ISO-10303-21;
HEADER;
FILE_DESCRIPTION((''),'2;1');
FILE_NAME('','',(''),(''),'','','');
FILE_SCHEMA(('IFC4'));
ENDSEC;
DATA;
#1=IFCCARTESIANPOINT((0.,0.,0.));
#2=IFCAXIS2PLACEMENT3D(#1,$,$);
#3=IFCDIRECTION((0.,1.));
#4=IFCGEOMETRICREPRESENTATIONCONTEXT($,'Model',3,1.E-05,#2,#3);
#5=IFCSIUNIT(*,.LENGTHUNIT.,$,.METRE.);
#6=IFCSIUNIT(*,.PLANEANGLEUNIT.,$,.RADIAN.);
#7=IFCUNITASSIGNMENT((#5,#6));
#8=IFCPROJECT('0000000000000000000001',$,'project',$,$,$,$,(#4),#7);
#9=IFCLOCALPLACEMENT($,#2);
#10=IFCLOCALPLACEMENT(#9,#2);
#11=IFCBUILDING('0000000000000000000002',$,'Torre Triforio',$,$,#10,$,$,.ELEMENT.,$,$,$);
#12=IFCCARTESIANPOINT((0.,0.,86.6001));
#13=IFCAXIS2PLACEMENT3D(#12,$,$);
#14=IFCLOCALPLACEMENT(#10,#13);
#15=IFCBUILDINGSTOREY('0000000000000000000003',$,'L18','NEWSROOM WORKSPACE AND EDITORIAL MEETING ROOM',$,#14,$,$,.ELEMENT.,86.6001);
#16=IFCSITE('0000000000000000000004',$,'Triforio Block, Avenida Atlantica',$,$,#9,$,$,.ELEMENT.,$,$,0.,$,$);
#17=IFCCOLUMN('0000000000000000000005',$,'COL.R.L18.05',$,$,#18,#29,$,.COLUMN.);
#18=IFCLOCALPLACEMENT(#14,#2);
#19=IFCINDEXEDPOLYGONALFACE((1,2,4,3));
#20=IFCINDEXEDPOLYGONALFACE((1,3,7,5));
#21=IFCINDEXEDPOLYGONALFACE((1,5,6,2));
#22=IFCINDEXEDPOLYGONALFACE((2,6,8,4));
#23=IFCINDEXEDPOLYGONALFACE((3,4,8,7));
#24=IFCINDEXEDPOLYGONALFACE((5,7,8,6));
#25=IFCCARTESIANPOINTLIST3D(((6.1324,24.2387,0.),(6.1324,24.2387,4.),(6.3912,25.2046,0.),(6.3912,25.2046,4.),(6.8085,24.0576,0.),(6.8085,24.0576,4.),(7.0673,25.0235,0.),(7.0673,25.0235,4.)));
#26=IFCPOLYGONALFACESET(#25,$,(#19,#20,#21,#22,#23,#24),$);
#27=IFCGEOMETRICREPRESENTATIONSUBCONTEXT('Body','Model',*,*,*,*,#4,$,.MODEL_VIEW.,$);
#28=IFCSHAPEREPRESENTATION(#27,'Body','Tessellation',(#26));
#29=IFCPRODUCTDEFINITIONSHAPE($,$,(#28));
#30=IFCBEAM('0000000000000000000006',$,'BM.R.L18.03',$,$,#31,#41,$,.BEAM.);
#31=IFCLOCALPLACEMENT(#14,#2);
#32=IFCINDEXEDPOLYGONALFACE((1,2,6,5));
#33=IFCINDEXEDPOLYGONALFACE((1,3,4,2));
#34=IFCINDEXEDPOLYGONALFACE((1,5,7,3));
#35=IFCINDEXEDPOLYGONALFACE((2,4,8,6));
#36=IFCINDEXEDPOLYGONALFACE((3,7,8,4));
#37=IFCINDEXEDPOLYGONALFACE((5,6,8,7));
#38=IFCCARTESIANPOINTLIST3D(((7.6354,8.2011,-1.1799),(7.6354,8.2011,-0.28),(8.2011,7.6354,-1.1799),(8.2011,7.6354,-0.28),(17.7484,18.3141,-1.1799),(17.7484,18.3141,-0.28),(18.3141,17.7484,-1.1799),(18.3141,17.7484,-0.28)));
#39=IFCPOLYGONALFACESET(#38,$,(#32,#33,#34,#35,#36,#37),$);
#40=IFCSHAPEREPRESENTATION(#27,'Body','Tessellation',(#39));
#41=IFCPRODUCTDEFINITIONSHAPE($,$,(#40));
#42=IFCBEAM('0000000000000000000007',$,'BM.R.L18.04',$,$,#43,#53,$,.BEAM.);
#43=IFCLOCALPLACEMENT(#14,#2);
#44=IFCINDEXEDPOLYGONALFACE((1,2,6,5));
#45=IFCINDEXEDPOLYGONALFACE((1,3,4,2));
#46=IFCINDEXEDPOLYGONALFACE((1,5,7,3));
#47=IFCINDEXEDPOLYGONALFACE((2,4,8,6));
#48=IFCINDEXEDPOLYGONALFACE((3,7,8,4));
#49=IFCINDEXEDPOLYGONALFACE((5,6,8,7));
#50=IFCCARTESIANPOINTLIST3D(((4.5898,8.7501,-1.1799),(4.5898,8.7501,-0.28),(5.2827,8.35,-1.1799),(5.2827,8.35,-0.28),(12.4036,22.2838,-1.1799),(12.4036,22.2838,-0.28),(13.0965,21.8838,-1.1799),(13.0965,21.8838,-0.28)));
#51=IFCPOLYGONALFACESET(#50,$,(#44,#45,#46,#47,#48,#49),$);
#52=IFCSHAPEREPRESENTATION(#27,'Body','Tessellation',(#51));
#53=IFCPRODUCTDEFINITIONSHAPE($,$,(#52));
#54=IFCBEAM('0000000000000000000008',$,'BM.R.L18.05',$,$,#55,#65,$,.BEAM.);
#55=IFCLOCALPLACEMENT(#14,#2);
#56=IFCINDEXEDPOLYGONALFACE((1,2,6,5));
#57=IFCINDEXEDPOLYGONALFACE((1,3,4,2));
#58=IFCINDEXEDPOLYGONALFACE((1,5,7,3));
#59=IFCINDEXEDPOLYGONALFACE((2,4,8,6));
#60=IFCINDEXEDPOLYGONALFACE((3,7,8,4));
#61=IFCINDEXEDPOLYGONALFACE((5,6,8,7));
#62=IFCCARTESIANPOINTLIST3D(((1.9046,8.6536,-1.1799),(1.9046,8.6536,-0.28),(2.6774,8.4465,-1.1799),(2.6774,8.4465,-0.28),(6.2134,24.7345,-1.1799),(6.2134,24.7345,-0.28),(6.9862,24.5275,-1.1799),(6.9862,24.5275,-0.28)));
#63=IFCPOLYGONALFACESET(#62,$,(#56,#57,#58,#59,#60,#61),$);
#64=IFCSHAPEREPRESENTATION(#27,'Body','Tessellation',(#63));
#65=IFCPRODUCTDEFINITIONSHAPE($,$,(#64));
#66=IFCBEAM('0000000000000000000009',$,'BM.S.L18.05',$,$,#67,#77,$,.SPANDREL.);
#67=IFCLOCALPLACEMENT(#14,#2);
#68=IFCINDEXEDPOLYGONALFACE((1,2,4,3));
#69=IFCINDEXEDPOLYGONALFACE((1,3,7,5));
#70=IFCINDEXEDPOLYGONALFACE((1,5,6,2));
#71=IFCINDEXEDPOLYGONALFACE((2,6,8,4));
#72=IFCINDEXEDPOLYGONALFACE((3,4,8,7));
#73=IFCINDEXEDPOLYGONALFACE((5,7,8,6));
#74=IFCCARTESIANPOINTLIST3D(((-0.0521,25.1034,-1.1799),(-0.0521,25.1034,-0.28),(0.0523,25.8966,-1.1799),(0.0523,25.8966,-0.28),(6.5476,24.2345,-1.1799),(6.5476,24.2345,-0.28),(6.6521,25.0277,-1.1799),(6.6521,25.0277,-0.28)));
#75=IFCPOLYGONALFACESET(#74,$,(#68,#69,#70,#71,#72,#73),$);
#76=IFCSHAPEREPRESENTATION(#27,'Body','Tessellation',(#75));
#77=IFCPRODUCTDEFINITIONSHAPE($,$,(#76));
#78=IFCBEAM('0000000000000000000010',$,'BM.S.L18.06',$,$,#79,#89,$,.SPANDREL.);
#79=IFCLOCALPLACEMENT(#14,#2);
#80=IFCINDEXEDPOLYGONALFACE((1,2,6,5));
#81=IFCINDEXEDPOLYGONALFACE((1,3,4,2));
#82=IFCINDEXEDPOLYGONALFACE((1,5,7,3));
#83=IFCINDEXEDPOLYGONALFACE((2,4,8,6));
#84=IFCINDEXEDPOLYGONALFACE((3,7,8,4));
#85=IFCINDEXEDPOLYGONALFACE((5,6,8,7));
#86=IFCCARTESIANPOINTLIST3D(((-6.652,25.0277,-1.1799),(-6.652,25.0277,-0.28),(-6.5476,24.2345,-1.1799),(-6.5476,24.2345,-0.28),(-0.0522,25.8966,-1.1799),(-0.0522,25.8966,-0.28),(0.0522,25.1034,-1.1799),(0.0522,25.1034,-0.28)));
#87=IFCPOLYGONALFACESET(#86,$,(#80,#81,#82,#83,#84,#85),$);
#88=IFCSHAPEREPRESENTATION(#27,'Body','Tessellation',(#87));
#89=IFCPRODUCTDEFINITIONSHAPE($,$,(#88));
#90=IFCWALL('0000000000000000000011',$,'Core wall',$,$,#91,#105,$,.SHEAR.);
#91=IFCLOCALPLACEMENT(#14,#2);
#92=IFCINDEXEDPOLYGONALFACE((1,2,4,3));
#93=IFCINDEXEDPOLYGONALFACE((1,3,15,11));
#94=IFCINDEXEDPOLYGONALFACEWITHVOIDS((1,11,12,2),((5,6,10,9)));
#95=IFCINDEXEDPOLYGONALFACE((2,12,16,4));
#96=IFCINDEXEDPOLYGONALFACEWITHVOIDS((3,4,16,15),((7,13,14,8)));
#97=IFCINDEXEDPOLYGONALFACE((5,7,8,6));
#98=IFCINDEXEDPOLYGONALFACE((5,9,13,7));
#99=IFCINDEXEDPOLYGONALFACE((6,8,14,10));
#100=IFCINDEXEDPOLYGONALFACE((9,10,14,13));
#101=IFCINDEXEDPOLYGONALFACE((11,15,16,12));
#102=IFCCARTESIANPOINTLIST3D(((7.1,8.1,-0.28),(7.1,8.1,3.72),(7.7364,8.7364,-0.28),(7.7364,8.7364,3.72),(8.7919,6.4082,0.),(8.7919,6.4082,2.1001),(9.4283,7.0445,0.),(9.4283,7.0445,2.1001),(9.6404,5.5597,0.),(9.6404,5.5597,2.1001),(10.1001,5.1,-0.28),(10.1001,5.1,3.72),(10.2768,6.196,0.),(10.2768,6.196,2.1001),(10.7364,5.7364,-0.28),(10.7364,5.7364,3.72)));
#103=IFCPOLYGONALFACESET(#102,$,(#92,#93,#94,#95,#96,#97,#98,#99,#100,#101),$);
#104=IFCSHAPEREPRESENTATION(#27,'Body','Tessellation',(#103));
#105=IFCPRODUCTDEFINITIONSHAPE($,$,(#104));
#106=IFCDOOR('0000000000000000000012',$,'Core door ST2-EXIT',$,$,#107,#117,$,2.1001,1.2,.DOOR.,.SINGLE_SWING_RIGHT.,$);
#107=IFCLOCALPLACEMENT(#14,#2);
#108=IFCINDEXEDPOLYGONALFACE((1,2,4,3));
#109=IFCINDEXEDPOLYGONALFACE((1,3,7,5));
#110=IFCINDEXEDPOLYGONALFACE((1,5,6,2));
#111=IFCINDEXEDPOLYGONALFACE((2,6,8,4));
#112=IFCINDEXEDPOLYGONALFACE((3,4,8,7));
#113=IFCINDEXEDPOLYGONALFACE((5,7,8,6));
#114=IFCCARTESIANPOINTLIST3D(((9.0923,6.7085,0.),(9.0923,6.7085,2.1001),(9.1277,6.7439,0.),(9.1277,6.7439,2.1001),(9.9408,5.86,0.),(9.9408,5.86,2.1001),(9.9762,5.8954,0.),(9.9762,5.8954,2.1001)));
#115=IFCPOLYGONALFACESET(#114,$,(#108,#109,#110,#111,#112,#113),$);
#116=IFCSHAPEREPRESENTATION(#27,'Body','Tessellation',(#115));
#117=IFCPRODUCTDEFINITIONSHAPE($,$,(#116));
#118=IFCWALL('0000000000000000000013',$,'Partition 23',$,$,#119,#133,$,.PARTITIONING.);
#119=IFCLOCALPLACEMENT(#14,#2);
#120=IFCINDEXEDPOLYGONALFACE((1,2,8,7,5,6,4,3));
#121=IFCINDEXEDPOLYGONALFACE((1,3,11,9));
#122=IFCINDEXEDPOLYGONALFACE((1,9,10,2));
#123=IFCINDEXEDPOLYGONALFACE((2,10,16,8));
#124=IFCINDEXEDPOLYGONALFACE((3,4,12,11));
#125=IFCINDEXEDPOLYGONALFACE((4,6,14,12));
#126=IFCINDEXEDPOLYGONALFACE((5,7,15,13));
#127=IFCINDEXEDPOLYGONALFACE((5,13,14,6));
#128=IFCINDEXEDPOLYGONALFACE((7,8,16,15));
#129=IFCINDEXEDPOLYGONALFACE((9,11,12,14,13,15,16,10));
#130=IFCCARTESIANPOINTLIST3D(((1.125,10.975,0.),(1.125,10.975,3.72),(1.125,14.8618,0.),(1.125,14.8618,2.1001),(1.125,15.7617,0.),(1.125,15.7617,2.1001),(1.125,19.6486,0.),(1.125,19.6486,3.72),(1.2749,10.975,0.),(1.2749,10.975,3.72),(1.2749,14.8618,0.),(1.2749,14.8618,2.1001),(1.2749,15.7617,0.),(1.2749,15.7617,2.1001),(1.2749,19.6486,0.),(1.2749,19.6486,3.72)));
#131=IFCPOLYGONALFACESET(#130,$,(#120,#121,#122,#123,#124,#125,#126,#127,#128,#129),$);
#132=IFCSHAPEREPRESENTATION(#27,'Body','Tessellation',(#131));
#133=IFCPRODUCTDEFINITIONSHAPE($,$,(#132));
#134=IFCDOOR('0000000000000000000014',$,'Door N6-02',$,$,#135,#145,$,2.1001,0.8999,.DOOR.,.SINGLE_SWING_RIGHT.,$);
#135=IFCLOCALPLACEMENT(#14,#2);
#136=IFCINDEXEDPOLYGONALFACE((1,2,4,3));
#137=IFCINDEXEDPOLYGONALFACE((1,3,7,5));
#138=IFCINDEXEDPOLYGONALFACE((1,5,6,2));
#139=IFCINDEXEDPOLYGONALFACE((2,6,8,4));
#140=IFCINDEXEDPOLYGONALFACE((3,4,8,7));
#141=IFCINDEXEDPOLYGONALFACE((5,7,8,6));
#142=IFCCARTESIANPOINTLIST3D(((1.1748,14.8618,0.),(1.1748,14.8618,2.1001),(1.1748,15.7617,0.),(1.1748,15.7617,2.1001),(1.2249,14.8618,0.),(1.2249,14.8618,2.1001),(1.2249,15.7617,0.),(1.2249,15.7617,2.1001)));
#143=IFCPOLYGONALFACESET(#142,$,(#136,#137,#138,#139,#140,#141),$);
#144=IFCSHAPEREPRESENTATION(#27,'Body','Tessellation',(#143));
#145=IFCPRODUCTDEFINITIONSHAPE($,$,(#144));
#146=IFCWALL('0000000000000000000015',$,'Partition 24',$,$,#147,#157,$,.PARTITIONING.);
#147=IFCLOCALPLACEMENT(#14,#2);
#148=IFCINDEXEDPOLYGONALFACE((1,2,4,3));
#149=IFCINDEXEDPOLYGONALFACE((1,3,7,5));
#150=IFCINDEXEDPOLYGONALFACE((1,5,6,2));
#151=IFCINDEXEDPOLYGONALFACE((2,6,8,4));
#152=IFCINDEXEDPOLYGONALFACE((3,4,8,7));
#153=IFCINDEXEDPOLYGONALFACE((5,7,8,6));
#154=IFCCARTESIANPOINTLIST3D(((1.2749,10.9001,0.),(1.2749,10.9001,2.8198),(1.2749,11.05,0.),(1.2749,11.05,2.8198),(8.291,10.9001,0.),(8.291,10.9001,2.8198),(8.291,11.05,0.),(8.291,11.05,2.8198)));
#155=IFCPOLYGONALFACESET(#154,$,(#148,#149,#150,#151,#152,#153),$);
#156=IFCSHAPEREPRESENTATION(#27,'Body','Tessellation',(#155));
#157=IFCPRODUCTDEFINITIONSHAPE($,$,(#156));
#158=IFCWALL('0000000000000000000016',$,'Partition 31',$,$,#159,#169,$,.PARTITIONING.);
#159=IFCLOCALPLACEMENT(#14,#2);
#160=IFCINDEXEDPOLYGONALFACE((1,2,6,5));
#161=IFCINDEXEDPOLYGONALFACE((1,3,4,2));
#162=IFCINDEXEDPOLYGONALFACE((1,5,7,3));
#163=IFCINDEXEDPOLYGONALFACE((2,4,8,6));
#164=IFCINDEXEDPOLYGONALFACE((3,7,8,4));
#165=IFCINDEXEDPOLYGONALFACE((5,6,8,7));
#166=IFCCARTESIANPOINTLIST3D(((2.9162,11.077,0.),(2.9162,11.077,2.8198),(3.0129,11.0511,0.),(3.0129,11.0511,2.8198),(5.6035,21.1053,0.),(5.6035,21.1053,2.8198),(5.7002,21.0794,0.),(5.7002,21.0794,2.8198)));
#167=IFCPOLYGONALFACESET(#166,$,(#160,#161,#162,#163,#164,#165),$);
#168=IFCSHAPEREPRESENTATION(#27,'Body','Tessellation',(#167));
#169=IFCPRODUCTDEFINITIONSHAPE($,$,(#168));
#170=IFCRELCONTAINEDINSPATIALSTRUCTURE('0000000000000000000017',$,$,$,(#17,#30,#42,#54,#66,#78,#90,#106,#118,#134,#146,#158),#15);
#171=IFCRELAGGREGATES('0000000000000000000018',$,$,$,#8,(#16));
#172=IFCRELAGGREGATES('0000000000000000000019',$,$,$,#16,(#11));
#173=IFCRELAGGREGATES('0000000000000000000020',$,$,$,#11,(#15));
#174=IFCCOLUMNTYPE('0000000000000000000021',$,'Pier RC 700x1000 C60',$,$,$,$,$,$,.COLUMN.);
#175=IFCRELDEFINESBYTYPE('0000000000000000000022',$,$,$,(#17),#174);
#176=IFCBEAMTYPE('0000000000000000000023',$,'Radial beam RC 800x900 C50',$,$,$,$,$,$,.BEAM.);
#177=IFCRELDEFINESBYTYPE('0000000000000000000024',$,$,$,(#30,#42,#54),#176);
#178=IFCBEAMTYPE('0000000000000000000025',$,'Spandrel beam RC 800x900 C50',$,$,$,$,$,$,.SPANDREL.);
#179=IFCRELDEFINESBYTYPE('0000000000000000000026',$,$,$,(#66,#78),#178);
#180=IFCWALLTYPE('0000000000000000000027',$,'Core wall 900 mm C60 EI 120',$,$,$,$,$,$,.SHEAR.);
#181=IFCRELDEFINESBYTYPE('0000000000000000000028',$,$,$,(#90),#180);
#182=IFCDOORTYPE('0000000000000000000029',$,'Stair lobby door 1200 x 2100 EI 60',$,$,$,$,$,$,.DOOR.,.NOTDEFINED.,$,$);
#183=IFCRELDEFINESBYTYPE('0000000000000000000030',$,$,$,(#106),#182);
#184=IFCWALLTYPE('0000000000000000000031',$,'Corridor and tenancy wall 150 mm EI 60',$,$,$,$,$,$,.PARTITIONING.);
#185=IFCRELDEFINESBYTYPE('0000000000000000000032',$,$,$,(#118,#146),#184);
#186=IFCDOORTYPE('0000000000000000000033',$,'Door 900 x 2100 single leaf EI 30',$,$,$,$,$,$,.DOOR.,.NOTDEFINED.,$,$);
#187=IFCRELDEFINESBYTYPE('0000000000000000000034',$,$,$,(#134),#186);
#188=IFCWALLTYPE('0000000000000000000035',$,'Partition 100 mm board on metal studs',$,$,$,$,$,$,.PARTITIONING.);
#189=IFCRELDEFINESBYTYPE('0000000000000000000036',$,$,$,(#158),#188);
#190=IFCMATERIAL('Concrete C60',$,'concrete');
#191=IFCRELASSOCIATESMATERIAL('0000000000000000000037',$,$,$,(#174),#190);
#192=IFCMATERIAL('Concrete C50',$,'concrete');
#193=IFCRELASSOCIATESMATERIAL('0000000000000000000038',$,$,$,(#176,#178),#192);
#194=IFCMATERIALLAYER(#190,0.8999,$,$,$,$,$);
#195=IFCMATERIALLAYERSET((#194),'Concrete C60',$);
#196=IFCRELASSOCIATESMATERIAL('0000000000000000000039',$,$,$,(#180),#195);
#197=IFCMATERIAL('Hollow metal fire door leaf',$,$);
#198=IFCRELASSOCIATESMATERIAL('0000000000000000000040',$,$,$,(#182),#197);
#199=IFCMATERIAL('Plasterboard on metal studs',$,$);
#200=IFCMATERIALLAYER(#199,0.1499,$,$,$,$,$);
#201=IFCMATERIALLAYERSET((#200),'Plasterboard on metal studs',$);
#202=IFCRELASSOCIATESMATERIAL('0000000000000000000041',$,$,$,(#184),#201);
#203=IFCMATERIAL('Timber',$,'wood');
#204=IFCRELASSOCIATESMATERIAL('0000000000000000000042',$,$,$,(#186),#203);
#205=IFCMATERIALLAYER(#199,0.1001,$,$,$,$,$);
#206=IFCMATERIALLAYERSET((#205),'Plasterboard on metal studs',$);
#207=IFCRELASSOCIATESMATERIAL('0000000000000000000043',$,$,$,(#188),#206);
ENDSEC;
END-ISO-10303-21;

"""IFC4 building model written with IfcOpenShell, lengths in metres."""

from ifc_helpers import new_model, si_unit, direction, frame, frame_2d, origin, origin_2d, place, context, subcontext, project, spatial, rectangle, extrude, material, layer, layer_set, material_profile, profile_set, type_object, element, fill, save


model = new_model("IFC4")

# Units and contexts
model_context = context("Model", 3, precision=1e-05, world=origin(), true_north=direction((0.0, 1.0)))
body_context = subcontext(model_context, "Body", "Model", "MODEL_VIEW")
ifc_project = project(units=[si_unit("LENGTHUNIT", "METRE"), si_unit("PLANEANGLEUNIT", "RADIAN")], contexts=[model_context])

# Site, building, storey
site_placement = place(None, origin())
site = spatial("IfcSite", under=ifc_project, at=site_placement, Name="Triforio Block, Avenida Atlantica", CompositionType="ELEMENT", RefElevation=0.0)
building_placement = place(site_placement, origin())
building = spatial("IfcBuilding", under=site, at=building_placement, Name="Torre Triforio", CompositionType="ELEMENT")
storey_placement = place(building_placement, frame((0.0, 0.0, 86.6001)))
storey = spatial("IfcBuildingStorey", under=building, at=storey_placement, Name="L18", Description="NEWSROOM WORKSPACE AND EDITORIAL MEETING ROOM", CompositionType="ELEMENT", Elevation=86.6001)

# Column
ifc_material_1 = material(Name="Concrete C60", Category="concrete")
ifc_material_profile_1 = material_profile(ifc_material_1, rectangle(XDim=0.7, YDim=1.0, at=origin_2d()), Name="RC 700x1000")
ifc_profile_set_1 = profile_set([ifc_material_profile_1], Name="Concrete C60")
column_type = type_object("IfcColumnType", Name="Pier RC 700x1000 C60", PredefinedType="COLUMN", material=ifc_profile_set_1)
column_placement = place(storey_placement, frame((6.5999, 24.6311, 0.0), z_axis=(0.0, 0.0, 1.0), x_axis=(-0.965926, 0.258819, 0.0)))
element("IfcColumn", 1, at=column_placement, inside=storey, type_object=column_type, Name="COL.R.L18.05", PredefinedType="COLUMN", context=body_context, shape_type="SweptSolid", body=[
    extrude(rectangle(XDim=0.7, YDim=1.0, at=origin_2d()), origin(), (0.0, 0.0, 1.0), 4.0),
])

# Beams
ifc_material_2 = material(Name="Concrete C50", Category="concrete")
ifc_material_profile_2 = material_profile(ifc_material_2, rectangle(XDim=0.8, YDim=0.8999, at=origin_2d()), Name="RC 800x900")
ifc_profile_set_2 = profile_set([ifc_material_profile_2], Name="Concrete C50")
beam_type_1 = type_object("IfcBeamType", Name="Radial beam RC 800x900 C50", PredefinedType="BEAM", material=ifc_profile_set_2)
beam_1_placement = place(storey_placement, frame((7.9182, 7.9182, -0.73), z_axis=(0.707107, 0.707107, 0.0), x_axis=(-0.707107, 0.707107, 0.0)))
element("IfcBeam", 2, at=beam_1_placement, inside=storey, type_object=beam_type_1, Name="BM.R.L18.03", PredefinedType="BEAM", context=body_context, shape_type="SweptSolid", body=[
    extrude(rectangle(XDim=0.8, YDim=0.8999, at=origin_2d()), origin(), (0.0, 0.0, 1.0), 14.302),
])
beam_2_placement = place(storey_placement, frame((4.9363, 8.55, -0.73), z_axis=(0.500002, 0.866024, 0.0), x_axis=(-0.866024, 0.500002, 0.0)))
element("IfcBeam", 3, at=beam_2_placement, inside=storey, type_object=beam_type_1, Name="BM.R.L18.04", PredefinedType="BEAM", context=body_context, shape_type="SweptSolid", body=[
    extrude(rectangle(XDim=0.8, YDim=0.8999, at=origin_2d()), origin(), (0.0, 0.0, 1.0), 15.6274),
])
beam_3_placement = place(storey_placement, frame((2.291, 8.55, -0.73), z_axis=(0.258815, 0.965927, 0.0), x_axis=(-0.965927, 0.258815, 0.0)))
element("IfcBeam", 4, at=beam_3_placement, inside=storey, type_object=beam_type_1, Name="BM.R.L18.05", PredefinedType="BEAM", context=body_context, shape_type="SweptSolid", body=[
    extrude(rectangle(XDim=0.8, YDim=0.8999, at=origin_2d()), origin(), (0.0, 0.0, 1.0), 16.6482),
])
ifc_material_profile_3 = material_profile(ifc_material_2, rectangle(XDim=0.8, YDim=0.8999, at=origin_2d()), Name="RC 800x900")
ifc_profile_set_3 = profile_set([ifc_material_profile_3], Name="Concrete C50")
beam_type_2 = type_object("IfcBeamType", Name="Spandrel beam RC 800x900 C50", PredefinedType="SPANDREL", material=ifc_profile_set_3)
for number, where, z_axis, x_axis, name in (
    (5, (6.5999, 24.6311, -0.73), (-0.991445, 0.130528, 0.0), (-0.130528, -0.991445, 0.0), "BM.S.L18.05"),
    (6, (0.0, 25.5, -0.73), (-0.991445, -0.130528, 0.0), (0.130528, -0.991445, 0.0), "BM.S.L18.06"),
):
    element("IfcBeam", number, at=place(storey_placement, frame(where, z_axis=z_axis, x_axis=x_axis)), inside=storey, type_object=beam_type_2, Name=name, PredefinedType="SPANDREL", context=body_context, shape_type="SweptSolid", body=[
        extrude(rectangle(XDim=0.8, YDim=0.8999, at=origin_2d()), origin(), (0.0, 0.0, 1.0), 6.6567),
    ])

# Walls, openings, doors
ifc_layer_1 = layer(ifc_material_1, 0.8999)
ifc_layer_set_1 = layer_set([ifc_layer_1], Name="Concrete C60")
wall_type_1 = type_object("IfcWallType", Name="Core wall 900 mm C60 EI 120", PredefinedType="SHEAR", material=ifc_layer_set_1)
wall_1_placement = place(storey_placement, frame((7.4182, 8.4182, -0.28), z_axis=(0.0, 0.0, 1.0), x_axis=(0.707107, -0.707107, 0.0)))
wall_1 = element("IfcWall", 7, at=wall_1_placement, inside=storey, type_object=wall_type_1, Name="Core wall", PredefinedType="SHEAR", context=body_context, shape_type="SweptSolid", body=[
    extrude(rectangle(XDim=4.2427, YDim=0.8999, at=frame_2d((2.1213, 0.0))), origin(), (0.0, 0.0, 1.0), 4.0),
])
opening_1_placement = place(wall_1_placement, frame((2.3926, 0.0, 0.28)))
opening_1 = element("IfcOpeningElement", 8, at=opening_1_placement, cuts=wall_1, PredefinedType="OPENING", context=body_context, shape_type="SweptSolid", body=[
    extrude(rectangle(XDim=1.2, YDim=2.1001, at=frame_2d((0.6001, 1.05))), frame((0.0, 0.46, 0.0), z_axis=(0.0, -1.0, 0.0), x_axis=(1.0, 0.0, 0.0)), (0.0, 0.0, 1.0), 0.9199),
])
ifc_material_3 = material(Name="Hollow metal fire door leaf")
door_type_1 = type_object("IfcDoorType", Name="Stair lobby door 1200 x 2100 EI 60", OperationType="NOTDEFINED", PredefinedType="DOOR", material=ifc_material_3)
door_1_placement = place(opening_1_placement, origin())
door_1 = element("IfcDoor", 9, at=door_1_placement, inside=storey, type_object=door_type_1, Name="Core door ST2-EXIT", OperationType="SINGLE_SWING_RIGHT", OverallHeight=2.1001, OverallWidth=1.2, PredefinedType="DOOR", context=body_context, shape_type="SweptSolid", body=[
    extrude(rectangle(XDim=1.2, YDim=2.1001, at=frame_2d((0.6001, 1.05))), frame((0.0, 0.0249, 0.0), z_axis=(0.0, -1.0, 0.0), x_axis=(1.0, 0.0, 0.0)), (0.0, 0.0, 1.0), 0.05),
])
fill(opening_1, door_1)
ifc_material_4 = material(Name="Plasterboard on metal studs")
ifc_layer_2 = layer(ifc_material_4, 0.1499)
ifc_layer_set_2 = layer_set([ifc_layer_2], Name="Plasterboard on metal studs")
wall_type_2 = type_object("IfcWallType", Name="Corridor and tenancy wall 150 mm EI 60", PredefinedType="PARTITIONING", material=ifc_layer_set_2)
wall_2_placement = place(storey_placement, frame((1.2, 19.6487, 0.0), z_axis=(0.0, 0.0, 1.0), x_axis=(0.0, -1.0, 0.0)))
wall_2 = element("IfcWall", 10, at=wall_2_placement, inside=storey, type_object=wall_type_2, Name="Partition 23", PredefinedType="PARTITIONING", context=body_context, shape_type="SweptSolid", body=[
    extrude(rectangle(XDim=8.6736, YDim=0.1499, at=frame_2d((4.3369, 0.0))), origin(), (0.0, 0.0, 1.0), 3.72),
])
opening_2_placement = place(wall_2_placement, frame((3.887, 0.0, 0.0)))
opening_2 = element("IfcOpeningElement", 11, at=opening_2_placement, cuts=wall_2, PredefinedType="OPENING", context=body_context, shape_type="SweptSolid", body=[
    extrude(rectangle(XDim=0.8999, YDim=2.1001, at=frame_2d((0.45, 1.05))), frame((0.0, 0.085, 0.0), z_axis=(0.0, -1.0, 0.0), x_axis=(1.0, 0.0, 0.0)), (0.0, 0.0, 1.0), 0.1699),
])
ifc_material_5 = material(Name="Timber", Category="wood")
door_type_2 = type_object("IfcDoorType", Name="Door 900 x 2100 single leaf EI 30", OperationType="NOTDEFINED", PredefinedType="DOOR", material=ifc_material_5)
door_2_placement = place(opening_2_placement, origin())
door_2 = element("IfcDoor", 12, at=door_2_placement, inside=storey, type_object=door_type_2, Name="Door N6-02", OperationType="SINGLE_SWING_RIGHT", OverallHeight=2.1001, OverallWidth=0.8999, PredefinedType="DOOR", context=body_context, shape_type="SweptSolid", body=[
    extrude(rectangle(XDim=0.8999, YDim=2.1001, at=frame_2d((0.45, 1.05))), frame((0.0, 0.0249, 0.0), z_axis=(0.0, -1.0, 0.0), x_axis=(1.0, 0.0, 0.0)), (0.0, 0.0, 1.0), 0.05),
])
fill(opening_2, door_2)

# Walls
wall_3_placement = place(storey_placement, frame((1.2749, 10.9751, 0.0), z_axis=(0.0, 0.0, 1.0), x_axis=(1.0, 0.0, 0.0)))
element("IfcWall", 13, at=wall_3_placement, inside=storey, type_object=wall_type_2, Name="Partition 24", PredefinedType="PARTITIONING", context=body_context, shape_type="SweptSolid", body=[
    extrude(rectangle(XDim=7.0161, YDim=0.1499, at=frame_2d((3.5081, 0.0))), origin(), (0.0, 0.0, 1.0), 2.8198),
])
ifc_layer_3 = layer(ifc_material_4, 0.1001)
ifc_layer_set_3 = layer_set([ifc_layer_3], Name="Plasterboard on metal studs")
wall_type_3 = type_object("IfcWallType", Name="Partition 100 mm board on metal studs", PredefinedType="PARTITIONING", material=ifc_layer_set_3)
wall_4_placement = place(storey_placement, frame((2.9646, 11.0642, 0.0), z_axis=(0.0, 0.0, 1.0), x_axis=(0.258835, 0.965922, 0.0)))
element("IfcWall", 14, at=wall_4_placement, inside=storey, type_object=wall_type_3, Name="Partition 31", PredefinedType="PARTITIONING", context=body_context, shape_type="SweptSolid", body=[
    extrude(rectangle(XDim=10.3821, YDim=0.1001, at=frame_2d((5.1909, 0.0))), origin(), (0.0, 0.0, 1.0), 2.8198),
])

save(model, "model.ifc")
